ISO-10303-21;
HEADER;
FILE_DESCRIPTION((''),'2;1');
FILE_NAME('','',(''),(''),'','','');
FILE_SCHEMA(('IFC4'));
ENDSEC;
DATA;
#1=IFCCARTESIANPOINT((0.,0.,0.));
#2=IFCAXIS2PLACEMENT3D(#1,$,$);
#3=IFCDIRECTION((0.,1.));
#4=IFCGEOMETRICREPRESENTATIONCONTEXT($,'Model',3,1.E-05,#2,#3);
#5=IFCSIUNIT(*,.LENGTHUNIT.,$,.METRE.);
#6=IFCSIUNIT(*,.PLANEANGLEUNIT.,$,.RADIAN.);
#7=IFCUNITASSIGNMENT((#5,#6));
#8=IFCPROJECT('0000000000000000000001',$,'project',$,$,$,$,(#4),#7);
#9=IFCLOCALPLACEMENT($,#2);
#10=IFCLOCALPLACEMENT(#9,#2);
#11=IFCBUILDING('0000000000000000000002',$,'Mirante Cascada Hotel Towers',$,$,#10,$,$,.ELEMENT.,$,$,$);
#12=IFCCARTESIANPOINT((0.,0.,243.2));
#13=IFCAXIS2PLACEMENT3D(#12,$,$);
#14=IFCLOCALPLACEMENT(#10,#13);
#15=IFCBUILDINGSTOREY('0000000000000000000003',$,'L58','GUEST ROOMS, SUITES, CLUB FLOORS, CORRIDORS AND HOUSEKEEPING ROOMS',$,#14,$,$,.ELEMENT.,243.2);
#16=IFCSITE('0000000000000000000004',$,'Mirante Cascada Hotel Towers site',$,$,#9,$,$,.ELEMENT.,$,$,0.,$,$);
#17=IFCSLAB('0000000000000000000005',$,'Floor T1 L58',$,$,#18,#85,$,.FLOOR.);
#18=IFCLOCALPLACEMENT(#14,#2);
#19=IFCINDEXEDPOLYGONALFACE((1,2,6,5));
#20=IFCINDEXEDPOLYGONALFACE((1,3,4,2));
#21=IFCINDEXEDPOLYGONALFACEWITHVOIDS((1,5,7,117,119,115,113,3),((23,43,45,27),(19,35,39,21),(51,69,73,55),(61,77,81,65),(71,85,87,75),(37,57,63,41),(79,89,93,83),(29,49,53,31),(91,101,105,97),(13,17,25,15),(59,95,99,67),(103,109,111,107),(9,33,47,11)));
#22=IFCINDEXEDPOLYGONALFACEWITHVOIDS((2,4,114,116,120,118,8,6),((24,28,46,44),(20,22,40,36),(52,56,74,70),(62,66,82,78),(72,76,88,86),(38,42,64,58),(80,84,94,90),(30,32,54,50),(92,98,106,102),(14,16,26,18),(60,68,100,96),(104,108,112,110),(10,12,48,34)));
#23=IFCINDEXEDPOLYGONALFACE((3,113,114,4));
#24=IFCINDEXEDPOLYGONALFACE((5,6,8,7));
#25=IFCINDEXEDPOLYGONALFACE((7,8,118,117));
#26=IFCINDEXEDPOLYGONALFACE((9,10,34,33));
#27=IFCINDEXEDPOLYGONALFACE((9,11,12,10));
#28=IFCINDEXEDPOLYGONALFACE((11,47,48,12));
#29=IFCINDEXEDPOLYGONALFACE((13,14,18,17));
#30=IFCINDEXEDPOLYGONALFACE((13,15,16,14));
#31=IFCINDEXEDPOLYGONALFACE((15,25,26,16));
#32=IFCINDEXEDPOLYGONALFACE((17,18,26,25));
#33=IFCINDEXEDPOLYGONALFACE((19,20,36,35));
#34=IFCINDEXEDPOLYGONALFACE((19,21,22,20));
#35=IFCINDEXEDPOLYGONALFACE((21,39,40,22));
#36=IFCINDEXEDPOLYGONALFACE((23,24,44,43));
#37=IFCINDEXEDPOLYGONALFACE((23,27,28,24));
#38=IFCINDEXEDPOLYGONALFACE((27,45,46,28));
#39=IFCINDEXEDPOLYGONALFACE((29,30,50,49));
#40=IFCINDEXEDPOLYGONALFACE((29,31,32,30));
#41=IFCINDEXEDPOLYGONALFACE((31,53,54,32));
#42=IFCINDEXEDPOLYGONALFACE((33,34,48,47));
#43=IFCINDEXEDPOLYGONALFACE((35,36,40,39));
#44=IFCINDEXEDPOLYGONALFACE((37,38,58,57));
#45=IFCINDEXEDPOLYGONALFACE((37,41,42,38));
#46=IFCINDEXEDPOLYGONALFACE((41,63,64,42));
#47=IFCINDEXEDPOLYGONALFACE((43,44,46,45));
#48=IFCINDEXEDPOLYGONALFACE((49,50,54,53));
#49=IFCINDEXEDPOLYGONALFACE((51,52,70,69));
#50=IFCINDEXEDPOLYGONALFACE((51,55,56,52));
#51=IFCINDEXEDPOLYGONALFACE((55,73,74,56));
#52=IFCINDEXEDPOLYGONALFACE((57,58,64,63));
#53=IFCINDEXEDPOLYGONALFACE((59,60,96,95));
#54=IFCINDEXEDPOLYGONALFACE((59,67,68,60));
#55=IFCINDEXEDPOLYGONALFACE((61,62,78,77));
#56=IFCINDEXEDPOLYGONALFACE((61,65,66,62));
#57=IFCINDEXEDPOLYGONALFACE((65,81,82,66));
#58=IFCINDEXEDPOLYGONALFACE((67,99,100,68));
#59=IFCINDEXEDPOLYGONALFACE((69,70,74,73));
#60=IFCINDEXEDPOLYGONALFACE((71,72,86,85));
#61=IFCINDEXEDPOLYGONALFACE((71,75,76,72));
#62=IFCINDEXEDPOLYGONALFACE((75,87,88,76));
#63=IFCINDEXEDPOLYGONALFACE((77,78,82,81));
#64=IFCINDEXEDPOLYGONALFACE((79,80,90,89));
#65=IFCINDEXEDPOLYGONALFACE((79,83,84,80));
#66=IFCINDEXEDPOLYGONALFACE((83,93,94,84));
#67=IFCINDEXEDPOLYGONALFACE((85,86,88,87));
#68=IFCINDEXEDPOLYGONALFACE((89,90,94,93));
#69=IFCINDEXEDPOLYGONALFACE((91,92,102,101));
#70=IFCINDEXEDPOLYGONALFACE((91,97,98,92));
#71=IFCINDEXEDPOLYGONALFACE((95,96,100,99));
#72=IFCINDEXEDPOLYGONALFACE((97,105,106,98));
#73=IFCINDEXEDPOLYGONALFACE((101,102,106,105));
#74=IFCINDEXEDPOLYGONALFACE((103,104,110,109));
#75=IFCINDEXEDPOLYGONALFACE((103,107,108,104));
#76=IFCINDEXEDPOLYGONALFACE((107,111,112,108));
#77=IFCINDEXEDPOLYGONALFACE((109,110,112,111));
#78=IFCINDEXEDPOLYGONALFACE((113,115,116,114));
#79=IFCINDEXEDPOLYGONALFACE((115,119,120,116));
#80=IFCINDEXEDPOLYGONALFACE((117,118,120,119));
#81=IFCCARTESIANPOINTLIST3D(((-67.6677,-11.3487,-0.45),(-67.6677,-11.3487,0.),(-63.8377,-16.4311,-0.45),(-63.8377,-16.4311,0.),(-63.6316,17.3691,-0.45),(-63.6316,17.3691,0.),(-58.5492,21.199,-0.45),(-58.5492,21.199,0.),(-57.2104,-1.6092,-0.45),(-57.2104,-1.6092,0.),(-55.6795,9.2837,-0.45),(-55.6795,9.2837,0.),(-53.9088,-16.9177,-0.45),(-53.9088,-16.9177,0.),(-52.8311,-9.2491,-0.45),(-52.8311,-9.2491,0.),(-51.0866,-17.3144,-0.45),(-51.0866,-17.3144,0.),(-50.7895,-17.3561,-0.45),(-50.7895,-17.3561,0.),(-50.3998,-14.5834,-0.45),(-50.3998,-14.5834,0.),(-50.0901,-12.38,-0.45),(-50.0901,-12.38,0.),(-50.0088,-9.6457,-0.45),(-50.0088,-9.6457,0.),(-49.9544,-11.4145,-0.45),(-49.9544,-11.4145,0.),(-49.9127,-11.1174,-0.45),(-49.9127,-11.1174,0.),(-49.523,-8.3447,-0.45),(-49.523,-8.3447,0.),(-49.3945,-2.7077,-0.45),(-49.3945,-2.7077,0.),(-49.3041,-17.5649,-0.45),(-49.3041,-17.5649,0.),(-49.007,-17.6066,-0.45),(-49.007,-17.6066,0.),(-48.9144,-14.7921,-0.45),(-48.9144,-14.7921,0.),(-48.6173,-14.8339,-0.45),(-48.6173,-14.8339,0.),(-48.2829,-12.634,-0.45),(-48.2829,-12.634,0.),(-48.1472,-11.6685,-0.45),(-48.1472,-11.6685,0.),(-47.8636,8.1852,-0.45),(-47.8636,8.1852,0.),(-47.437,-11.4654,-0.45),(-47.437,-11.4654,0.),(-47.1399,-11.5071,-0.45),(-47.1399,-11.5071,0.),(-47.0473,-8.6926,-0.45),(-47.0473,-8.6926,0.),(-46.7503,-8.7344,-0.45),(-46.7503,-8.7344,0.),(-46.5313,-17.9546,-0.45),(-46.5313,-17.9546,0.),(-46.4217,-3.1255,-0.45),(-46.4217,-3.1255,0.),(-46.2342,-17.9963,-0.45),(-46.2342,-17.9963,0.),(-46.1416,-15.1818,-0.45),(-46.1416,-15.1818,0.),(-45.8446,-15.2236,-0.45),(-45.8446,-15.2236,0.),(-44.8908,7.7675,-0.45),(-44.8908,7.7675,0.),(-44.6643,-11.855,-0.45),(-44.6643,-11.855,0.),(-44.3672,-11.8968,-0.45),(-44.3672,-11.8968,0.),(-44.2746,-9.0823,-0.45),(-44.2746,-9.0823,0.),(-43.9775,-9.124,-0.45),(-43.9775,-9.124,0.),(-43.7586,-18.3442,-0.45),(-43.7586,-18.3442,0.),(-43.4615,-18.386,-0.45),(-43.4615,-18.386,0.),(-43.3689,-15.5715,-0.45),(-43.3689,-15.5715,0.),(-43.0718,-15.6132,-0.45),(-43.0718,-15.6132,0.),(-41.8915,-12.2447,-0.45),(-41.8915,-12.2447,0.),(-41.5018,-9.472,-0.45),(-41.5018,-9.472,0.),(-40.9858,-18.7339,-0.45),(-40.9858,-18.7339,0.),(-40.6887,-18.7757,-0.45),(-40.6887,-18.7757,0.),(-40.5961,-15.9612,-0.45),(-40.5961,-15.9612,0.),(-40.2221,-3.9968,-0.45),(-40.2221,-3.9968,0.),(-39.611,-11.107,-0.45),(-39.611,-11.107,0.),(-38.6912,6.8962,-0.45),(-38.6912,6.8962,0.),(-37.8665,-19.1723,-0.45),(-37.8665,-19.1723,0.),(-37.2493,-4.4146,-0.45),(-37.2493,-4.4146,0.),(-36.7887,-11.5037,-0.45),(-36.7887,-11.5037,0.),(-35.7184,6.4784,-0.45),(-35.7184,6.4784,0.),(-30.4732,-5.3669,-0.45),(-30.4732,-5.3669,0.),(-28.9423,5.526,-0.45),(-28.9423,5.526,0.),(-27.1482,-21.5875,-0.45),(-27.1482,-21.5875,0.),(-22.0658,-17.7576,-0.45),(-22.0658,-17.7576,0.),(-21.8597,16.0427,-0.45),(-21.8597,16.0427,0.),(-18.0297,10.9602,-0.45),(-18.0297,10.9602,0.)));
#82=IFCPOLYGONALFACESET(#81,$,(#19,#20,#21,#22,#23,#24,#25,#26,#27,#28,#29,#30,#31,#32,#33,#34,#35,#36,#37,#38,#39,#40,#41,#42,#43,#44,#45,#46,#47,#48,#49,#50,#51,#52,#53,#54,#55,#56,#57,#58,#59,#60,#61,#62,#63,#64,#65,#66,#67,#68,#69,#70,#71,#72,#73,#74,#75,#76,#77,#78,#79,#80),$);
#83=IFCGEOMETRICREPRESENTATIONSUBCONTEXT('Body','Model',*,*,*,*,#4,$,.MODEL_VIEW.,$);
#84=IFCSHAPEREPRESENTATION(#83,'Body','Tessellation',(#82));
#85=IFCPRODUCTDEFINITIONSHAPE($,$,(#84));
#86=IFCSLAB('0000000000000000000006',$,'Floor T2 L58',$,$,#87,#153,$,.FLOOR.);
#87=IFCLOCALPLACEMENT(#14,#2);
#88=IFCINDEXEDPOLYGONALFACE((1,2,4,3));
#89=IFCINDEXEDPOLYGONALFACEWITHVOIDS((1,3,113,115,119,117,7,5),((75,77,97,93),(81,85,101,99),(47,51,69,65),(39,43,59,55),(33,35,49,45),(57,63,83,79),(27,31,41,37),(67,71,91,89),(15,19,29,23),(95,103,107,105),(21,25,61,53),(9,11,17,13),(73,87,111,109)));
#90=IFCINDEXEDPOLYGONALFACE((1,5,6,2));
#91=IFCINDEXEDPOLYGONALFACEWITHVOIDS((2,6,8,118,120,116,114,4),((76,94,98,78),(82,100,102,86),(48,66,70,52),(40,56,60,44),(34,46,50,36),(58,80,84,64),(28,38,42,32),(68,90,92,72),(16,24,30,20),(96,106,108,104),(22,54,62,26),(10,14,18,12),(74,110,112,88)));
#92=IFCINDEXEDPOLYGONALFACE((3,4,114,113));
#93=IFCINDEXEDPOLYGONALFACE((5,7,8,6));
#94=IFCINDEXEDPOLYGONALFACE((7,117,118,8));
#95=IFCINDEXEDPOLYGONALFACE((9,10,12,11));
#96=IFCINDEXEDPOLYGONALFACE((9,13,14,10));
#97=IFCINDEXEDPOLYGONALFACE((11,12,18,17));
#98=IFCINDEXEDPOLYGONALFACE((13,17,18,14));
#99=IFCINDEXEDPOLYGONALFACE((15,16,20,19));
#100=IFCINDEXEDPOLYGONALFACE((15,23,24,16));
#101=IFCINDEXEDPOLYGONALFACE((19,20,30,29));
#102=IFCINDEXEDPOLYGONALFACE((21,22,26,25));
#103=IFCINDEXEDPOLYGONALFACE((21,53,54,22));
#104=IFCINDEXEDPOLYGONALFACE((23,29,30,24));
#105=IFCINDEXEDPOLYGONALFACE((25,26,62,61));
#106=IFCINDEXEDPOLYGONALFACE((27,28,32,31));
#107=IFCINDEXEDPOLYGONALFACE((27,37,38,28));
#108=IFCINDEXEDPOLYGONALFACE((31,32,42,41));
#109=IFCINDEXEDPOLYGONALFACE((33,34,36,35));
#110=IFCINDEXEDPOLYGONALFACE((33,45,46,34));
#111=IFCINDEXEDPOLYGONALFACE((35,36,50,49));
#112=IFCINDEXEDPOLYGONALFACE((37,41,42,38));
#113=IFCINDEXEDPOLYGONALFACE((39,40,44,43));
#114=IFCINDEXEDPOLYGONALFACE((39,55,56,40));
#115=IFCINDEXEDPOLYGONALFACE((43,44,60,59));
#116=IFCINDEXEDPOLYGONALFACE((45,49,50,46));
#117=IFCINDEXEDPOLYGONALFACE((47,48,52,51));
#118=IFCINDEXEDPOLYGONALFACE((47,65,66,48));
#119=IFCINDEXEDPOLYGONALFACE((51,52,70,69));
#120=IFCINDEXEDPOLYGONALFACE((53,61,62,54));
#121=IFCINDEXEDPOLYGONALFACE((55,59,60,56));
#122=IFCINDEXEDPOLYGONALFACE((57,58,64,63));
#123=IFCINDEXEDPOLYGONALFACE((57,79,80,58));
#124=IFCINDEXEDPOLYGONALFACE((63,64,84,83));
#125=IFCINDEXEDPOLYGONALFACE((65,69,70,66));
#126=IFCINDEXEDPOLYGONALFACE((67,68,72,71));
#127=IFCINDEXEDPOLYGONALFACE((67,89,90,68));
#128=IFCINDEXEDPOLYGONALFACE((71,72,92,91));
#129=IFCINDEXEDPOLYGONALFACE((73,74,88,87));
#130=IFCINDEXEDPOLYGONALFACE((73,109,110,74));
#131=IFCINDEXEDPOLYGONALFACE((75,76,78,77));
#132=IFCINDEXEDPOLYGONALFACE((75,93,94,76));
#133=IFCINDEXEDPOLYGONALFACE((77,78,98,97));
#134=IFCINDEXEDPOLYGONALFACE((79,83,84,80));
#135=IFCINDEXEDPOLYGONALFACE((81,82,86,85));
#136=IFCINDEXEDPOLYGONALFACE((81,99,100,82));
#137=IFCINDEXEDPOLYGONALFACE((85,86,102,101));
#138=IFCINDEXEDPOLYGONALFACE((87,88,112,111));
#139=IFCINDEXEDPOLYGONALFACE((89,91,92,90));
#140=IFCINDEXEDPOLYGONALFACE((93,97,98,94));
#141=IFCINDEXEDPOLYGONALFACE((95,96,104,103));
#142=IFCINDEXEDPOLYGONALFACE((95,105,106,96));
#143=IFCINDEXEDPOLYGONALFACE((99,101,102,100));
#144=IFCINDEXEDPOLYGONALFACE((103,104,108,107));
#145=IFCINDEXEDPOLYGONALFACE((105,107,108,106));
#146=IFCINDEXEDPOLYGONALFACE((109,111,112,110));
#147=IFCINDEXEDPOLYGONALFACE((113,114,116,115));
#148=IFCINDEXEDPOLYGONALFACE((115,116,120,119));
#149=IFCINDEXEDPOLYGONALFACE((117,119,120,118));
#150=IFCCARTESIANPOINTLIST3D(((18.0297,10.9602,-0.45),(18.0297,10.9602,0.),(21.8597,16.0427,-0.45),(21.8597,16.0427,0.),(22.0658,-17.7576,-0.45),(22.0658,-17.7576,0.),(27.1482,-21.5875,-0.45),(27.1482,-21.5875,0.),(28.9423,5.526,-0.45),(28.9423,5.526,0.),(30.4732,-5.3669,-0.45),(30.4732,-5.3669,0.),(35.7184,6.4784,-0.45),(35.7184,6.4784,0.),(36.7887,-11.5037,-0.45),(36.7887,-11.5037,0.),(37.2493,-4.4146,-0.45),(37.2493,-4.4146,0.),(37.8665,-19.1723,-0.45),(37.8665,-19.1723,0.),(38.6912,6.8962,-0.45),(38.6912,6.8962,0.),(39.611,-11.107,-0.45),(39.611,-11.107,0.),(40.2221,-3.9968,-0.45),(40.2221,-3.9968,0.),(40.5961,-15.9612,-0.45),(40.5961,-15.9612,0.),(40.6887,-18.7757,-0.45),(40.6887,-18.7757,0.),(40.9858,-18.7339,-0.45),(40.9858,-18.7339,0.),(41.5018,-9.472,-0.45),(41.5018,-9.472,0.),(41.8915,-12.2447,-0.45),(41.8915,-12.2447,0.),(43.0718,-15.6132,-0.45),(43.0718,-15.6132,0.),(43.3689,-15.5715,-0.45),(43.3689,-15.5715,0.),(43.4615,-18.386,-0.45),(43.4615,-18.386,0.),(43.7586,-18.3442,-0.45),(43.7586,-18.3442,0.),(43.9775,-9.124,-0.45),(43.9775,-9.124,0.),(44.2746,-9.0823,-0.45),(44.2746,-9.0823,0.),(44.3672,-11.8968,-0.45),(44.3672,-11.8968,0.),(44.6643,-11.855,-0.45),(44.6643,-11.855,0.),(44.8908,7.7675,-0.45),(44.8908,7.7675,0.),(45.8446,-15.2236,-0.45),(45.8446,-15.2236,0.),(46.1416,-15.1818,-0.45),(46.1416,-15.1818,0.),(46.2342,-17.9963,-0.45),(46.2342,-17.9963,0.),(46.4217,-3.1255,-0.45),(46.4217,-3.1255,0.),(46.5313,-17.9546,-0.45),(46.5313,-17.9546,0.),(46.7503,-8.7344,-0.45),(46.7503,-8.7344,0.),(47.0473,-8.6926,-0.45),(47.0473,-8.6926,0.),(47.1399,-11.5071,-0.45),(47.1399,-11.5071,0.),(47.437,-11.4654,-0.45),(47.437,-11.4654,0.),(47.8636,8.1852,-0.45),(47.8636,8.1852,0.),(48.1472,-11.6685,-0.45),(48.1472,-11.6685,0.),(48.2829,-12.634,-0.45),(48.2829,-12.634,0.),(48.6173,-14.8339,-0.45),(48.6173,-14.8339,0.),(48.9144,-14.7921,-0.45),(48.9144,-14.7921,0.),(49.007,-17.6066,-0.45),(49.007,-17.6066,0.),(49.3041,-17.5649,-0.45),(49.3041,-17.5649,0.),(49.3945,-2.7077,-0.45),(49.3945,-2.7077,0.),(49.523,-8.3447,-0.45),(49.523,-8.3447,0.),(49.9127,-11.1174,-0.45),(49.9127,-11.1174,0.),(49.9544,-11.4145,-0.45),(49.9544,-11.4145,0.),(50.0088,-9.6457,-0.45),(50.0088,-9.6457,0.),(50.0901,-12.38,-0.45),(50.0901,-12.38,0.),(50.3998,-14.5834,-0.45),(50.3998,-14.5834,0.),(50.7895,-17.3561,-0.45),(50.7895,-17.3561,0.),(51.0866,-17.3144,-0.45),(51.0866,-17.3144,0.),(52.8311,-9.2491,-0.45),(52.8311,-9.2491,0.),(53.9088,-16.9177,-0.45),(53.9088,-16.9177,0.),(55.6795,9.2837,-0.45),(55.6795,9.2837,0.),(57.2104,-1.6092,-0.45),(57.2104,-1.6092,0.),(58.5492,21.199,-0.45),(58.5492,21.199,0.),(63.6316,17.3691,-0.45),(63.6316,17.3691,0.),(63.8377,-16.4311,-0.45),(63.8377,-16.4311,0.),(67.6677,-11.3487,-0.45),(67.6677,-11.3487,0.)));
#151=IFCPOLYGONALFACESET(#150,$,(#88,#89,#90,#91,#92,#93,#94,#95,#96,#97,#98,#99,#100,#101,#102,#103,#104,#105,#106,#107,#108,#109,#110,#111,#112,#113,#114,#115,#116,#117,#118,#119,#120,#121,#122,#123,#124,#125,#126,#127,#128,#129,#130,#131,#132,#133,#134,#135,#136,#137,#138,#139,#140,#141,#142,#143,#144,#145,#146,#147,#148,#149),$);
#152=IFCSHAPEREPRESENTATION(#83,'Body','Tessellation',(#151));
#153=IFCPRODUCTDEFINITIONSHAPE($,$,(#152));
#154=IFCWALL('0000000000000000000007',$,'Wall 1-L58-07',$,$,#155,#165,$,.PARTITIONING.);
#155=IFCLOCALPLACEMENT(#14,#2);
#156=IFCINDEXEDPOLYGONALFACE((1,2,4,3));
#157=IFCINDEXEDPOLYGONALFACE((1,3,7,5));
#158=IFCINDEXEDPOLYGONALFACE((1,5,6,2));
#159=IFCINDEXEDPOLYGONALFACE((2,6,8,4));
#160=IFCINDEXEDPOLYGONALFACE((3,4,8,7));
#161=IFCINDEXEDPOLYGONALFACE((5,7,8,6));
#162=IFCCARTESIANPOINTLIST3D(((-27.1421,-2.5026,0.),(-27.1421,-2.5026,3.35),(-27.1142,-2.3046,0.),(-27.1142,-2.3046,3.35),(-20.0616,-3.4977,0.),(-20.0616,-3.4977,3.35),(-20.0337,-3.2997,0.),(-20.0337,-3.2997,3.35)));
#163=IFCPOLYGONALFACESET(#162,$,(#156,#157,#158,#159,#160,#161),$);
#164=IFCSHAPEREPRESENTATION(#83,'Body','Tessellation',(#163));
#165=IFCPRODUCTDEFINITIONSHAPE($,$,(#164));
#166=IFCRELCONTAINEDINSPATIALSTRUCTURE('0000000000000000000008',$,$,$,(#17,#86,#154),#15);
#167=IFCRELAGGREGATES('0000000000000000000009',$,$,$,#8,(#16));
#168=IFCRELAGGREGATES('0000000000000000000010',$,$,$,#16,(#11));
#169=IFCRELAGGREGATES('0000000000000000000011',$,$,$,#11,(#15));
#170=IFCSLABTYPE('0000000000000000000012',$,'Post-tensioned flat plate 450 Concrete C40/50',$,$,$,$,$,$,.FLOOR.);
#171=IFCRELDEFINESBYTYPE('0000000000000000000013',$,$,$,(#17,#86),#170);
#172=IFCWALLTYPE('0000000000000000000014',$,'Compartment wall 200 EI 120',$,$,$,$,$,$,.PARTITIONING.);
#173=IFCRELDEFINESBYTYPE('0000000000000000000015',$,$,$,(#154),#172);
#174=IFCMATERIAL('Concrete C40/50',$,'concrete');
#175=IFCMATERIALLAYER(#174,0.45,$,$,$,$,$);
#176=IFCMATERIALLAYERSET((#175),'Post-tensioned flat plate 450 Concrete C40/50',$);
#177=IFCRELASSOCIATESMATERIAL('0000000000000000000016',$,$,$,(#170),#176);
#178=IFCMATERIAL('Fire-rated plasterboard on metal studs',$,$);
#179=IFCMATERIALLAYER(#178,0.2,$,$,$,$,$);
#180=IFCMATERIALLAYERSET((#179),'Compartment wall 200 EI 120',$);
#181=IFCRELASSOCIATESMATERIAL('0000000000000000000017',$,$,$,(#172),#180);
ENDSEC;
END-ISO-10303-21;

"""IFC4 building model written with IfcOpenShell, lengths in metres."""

from ifc_helpers import new_model, si_unit, direction, frame, frame_2d, origin, place, context, subcontext, project, spatial, polyline, rectangle, outline, extrude, material, layer, layer_set, type_object, element, save


model = new_model("IFC4")

# Units and contexts
model_context = context("Model", 3, precision=1e-05, world=origin(), true_north=direction((0.0, 1.0)))
body_context = subcontext(model_context, "Body", "Model", "MODEL_VIEW")
ifc_project = project(units=[si_unit("LENGTHUNIT", "METRE"), si_unit("PLANEANGLEUNIT", "RADIAN")], contexts=[model_context])

# Site, building, storey
site_placement = place(None, origin())
site = spatial("IfcSite", under=ifc_project, at=site_placement, Name="Mirante Cascada Hotel Towers site", CompositionType="ELEMENT", RefElevation=0.0)
building_placement = place(site_placement, origin())
building = spatial("IfcBuilding", under=site, at=building_placement, Name="Mirante Cascada Hotel Towers", CompositionType="ELEMENT")
storey_placement = place(building_placement, frame((0.0, 0.0, 243.2)))
storey = spatial("IfcBuildingStorey", under=building, at=storey_placement, Name="L58", Description="GUEST ROOMS, SUITES, CLUB FLOORS, CORRIDORS AND HOUSEKEEPING ROOMS", CompositionType="ELEMENT", Elevation=243.2)

# Slabs
ifc_material_1 = material(Name="Concrete C40/50", Category="concrete")
ifc_layer_1 = layer(ifc_material_1, 0.45)
ifc_layer_set_1 = layer_set([ifc_layer_1], Name="Post-tensioned flat plate 450 Concrete C40/50")
slab_type = type_object("IfcSlabType", Name="Post-tensioned flat plate 450 Concrete C40/50", PredefinedType="FLOOR", material=ifc_layer_set_1)
slab_1_placement = place(storey_placement, frame((0.0, 0.0, -0.45)))
element("IfcSlab", 1, at=slab_1_placement, inside=storey, type_object=slab_type, Name="Floor T1 L58", PredefinedType="FLOOR", context=body_context, shape_type="SweptSolid", body=[
    extrude(outline(polyline([(-22.0658, -17.7576), (-18.0297, 10.9602), (-21.8597, 16.0427), (-58.5492, 21.199), (-63.6316, 17.3691), (-67.6677, -11.3487), (-63.8377, -16.4311), (-27.1482, -21.5875), (-22.0658, -17.7576)]), holes=[polyline([(-40.5961, -15.9612), (-40.9858, -18.7339), (-43.4615, -18.386), (-43.0718, -15.6132), (-40.5961, -15.9612)]), polyline([(-43.3689, -15.5715), (-43.7586, -18.3442), (-46.2342, -17.9963), (-45.8446, -15.2236), (-43.3689, -15.5715)]), polyline([(-37.8665, -19.1723), (-40.6887, -18.7757), (-39.611, -11.107), (-36.7887, -11.5037), (-37.8665, -19.1723)]), polyline([(-43.9775, -9.124), (-41.5018, -9.472), (-41.8915, -12.2447), (-44.3672, -11.8968), (-43.9775, -9.124)]), polyline([(-46.7503, -8.7344), (-44.2746, -9.0823), (-44.6643, -11.855), (-47.1399, -11.5071), (-46.7503, -8.7344)]), polyline([(-30.4732, -5.3669), (-37.2493, -4.4146), (-35.7184, 6.4784), (-28.9423, 5.526), (-30.4732, -5.3669)]), polyline([(-46.4217, -3.1255), (-44.8908, 7.7675), (-38.6912, 6.8962), (-40.2221, -3.9968), (-46.4217, -3.1255)]), polyline([(-57.2104, -1.6092), (-55.6795, 9.2837), (-47.8636, 8.1852), (-49.3945, -2.7077), (-49.3945, -2.7077), (-57.2104, -1.6092)]), polyline([(-48.6173, -14.8339), (-46.1416, -15.1818), (-46.5313, -17.9546), (-49.007, -17.6066), (-48.6173, -14.8339)]), polyline([(-50.3998, -14.5834), (-48.9144, -14.7921), (-49.3041, -17.5649), (-50.7895, -17.3561), (-50.3998, -14.5834)]), polyline([(-51.0866, -17.3144), (-53.9088, -16.9177), (-52.8311, -9.2491), (-50.0088, -9.6457), (-51.0866, -17.3144)]), polyline([(-49.9544, -11.4145), (-48.1472, -11.6685), (-48.2829, -12.634), (-50.0901, -12.38), (-49.9544, -11.4145)]), polyline([(-49.523, -8.3447), (-47.0473, -8.6926), (-47.437, -11.4654), (-49.9127, -11.1174), (-49.523, -8.3447)])]), origin(), (0.0, 0.0, 1.0), 0.45),
])
slab_2_placement = place(storey_placement, frame((0.0, 0.0, -0.45)))
element("IfcSlab", 2, at=slab_2_placement, inside=storey, type_object=slab_type, Name="Floor T2 L58", PredefinedType="FLOOR", context=body_context, shape_type="SweptSolid", body=[
    extrude(outline(polyline([(22.0658, -17.7576), (18.0297, 10.9602), (21.8597, 16.0427), (58.5492, 21.199), (63.6316, 17.3691), (67.6677, -11.3487), (63.8377, -16.4311), (27.1482, -21.5875), (22.0658, -17.7576)]), holes=[polyline([(40.5961, -15.9612), (40.9858, -18.7339), (43.4615, -18.386), (43.0718, -15.6132), (40.5961, -15.9612)]), polyline([(43.3689, -15.5715), (43.7586, -18.3442), (46.2342, -17.9963), (45.8446, -15.2236), (43.3689, -15.5715)]), polyline([(40.6887, -18.7757), (39.611, -11.107), (36.7887, -11.5037), (37.8665, -19.1723), (40.6887, -18.7757)]), polyline([(43.9775, -9.124), (41.5018, -9.472), (41.8915, -12.2447), (44.3672, -11.8968), (43.9775, -9.124)]), polyline([(46.7503, -8.7344), (44.2746, -9.0823), (44.6643, -11.855), (47.1399, -11.5071), (46.7503, -8.7344)]), polyline([(30.4732, -5.3669), (28.9423, 5.526), (35.7184, 6.4784), (37.2493, -4.4146), (30.4732, -5.3669)]), polyline([(40.2221, -3.9968), (38.6912, 6.8962), (44.8908, 7.7675), (46.4217, -3.1255), (40.2221, -3.9968)]), polyline([(55.6795, 9.2837), (57.2104, -1.6092), (49.3945, -2.7077), (49.3945, -2.7077), (47.8636, 8.1852), (55.6795, 9.2837)]), polyline([(48.6173, -14.8339), (46.1416, -15.1818), (46.5313, -17.9546), (49.007, -17.6066), (48.6173, -14.8339)]), polyline([(50.3998, -14.5834), (48.9144, -14.7921), (49.3041, -17.5649), (50.7895, -17.3561), (50.3998, -14.5834)]), polyline([(53.9088, -16.9177), (52.8311, -9.2491), (50.0088, -9.6457), (51.0866, -17.3144), (53.9088, -16.9177)]), polyline([(49.9544, -11.4145), (48.1472, -11.6685), (48.2829, -12.634), (50.0901, -12.38), (49.9544, -11.4145)]), polyline([(49.523, -8.3447), (47.0473, -8.6926), (47.437, -11.4654), (49.9127, -11.1174), (49.523, -8.3447)])]), origin(), (0.0, 0.0, 1.0), 0.45),
])

# Wall
ifc_material_2 = material(Name="Fire-rated plasterboard on metal studs")
ifc_layer_2 = layer(ifc_material_2, 0.2)
ifc_layer_set_2 = layer_set([ifc_layer_2], Name="Compartment wall 200 EI 120")
wall_type_1 = type_object("IfcWallType", Name="Compartment wall 200 EI 120", PredefinedType="PARTITIONING", material=ifc_layer_set_2)
wall_1_placement = place(storey_placement, frame((-20.0477, -3.3987, 0.0), z_axis=(0.0, 0.0, 1.0), x_axis=(-0.990268, 0.139173, 0.0)))
element("IfcWall", 3, at=wall_1_placement, inside=storey, type_object=wall_type_1, Name="Wall 1-L58-07", PredefinedType="PARTITIONING", context=body_context, shape_type="SweptSolid", body=[
    extrude(rectangle(XDim=7.1501, YDim=0.2, at=frame_2d((3.575, 0.0))), origin(), (0.0, 0.0, 1.0), 3.35),
])

save(model, "model.ifc")
